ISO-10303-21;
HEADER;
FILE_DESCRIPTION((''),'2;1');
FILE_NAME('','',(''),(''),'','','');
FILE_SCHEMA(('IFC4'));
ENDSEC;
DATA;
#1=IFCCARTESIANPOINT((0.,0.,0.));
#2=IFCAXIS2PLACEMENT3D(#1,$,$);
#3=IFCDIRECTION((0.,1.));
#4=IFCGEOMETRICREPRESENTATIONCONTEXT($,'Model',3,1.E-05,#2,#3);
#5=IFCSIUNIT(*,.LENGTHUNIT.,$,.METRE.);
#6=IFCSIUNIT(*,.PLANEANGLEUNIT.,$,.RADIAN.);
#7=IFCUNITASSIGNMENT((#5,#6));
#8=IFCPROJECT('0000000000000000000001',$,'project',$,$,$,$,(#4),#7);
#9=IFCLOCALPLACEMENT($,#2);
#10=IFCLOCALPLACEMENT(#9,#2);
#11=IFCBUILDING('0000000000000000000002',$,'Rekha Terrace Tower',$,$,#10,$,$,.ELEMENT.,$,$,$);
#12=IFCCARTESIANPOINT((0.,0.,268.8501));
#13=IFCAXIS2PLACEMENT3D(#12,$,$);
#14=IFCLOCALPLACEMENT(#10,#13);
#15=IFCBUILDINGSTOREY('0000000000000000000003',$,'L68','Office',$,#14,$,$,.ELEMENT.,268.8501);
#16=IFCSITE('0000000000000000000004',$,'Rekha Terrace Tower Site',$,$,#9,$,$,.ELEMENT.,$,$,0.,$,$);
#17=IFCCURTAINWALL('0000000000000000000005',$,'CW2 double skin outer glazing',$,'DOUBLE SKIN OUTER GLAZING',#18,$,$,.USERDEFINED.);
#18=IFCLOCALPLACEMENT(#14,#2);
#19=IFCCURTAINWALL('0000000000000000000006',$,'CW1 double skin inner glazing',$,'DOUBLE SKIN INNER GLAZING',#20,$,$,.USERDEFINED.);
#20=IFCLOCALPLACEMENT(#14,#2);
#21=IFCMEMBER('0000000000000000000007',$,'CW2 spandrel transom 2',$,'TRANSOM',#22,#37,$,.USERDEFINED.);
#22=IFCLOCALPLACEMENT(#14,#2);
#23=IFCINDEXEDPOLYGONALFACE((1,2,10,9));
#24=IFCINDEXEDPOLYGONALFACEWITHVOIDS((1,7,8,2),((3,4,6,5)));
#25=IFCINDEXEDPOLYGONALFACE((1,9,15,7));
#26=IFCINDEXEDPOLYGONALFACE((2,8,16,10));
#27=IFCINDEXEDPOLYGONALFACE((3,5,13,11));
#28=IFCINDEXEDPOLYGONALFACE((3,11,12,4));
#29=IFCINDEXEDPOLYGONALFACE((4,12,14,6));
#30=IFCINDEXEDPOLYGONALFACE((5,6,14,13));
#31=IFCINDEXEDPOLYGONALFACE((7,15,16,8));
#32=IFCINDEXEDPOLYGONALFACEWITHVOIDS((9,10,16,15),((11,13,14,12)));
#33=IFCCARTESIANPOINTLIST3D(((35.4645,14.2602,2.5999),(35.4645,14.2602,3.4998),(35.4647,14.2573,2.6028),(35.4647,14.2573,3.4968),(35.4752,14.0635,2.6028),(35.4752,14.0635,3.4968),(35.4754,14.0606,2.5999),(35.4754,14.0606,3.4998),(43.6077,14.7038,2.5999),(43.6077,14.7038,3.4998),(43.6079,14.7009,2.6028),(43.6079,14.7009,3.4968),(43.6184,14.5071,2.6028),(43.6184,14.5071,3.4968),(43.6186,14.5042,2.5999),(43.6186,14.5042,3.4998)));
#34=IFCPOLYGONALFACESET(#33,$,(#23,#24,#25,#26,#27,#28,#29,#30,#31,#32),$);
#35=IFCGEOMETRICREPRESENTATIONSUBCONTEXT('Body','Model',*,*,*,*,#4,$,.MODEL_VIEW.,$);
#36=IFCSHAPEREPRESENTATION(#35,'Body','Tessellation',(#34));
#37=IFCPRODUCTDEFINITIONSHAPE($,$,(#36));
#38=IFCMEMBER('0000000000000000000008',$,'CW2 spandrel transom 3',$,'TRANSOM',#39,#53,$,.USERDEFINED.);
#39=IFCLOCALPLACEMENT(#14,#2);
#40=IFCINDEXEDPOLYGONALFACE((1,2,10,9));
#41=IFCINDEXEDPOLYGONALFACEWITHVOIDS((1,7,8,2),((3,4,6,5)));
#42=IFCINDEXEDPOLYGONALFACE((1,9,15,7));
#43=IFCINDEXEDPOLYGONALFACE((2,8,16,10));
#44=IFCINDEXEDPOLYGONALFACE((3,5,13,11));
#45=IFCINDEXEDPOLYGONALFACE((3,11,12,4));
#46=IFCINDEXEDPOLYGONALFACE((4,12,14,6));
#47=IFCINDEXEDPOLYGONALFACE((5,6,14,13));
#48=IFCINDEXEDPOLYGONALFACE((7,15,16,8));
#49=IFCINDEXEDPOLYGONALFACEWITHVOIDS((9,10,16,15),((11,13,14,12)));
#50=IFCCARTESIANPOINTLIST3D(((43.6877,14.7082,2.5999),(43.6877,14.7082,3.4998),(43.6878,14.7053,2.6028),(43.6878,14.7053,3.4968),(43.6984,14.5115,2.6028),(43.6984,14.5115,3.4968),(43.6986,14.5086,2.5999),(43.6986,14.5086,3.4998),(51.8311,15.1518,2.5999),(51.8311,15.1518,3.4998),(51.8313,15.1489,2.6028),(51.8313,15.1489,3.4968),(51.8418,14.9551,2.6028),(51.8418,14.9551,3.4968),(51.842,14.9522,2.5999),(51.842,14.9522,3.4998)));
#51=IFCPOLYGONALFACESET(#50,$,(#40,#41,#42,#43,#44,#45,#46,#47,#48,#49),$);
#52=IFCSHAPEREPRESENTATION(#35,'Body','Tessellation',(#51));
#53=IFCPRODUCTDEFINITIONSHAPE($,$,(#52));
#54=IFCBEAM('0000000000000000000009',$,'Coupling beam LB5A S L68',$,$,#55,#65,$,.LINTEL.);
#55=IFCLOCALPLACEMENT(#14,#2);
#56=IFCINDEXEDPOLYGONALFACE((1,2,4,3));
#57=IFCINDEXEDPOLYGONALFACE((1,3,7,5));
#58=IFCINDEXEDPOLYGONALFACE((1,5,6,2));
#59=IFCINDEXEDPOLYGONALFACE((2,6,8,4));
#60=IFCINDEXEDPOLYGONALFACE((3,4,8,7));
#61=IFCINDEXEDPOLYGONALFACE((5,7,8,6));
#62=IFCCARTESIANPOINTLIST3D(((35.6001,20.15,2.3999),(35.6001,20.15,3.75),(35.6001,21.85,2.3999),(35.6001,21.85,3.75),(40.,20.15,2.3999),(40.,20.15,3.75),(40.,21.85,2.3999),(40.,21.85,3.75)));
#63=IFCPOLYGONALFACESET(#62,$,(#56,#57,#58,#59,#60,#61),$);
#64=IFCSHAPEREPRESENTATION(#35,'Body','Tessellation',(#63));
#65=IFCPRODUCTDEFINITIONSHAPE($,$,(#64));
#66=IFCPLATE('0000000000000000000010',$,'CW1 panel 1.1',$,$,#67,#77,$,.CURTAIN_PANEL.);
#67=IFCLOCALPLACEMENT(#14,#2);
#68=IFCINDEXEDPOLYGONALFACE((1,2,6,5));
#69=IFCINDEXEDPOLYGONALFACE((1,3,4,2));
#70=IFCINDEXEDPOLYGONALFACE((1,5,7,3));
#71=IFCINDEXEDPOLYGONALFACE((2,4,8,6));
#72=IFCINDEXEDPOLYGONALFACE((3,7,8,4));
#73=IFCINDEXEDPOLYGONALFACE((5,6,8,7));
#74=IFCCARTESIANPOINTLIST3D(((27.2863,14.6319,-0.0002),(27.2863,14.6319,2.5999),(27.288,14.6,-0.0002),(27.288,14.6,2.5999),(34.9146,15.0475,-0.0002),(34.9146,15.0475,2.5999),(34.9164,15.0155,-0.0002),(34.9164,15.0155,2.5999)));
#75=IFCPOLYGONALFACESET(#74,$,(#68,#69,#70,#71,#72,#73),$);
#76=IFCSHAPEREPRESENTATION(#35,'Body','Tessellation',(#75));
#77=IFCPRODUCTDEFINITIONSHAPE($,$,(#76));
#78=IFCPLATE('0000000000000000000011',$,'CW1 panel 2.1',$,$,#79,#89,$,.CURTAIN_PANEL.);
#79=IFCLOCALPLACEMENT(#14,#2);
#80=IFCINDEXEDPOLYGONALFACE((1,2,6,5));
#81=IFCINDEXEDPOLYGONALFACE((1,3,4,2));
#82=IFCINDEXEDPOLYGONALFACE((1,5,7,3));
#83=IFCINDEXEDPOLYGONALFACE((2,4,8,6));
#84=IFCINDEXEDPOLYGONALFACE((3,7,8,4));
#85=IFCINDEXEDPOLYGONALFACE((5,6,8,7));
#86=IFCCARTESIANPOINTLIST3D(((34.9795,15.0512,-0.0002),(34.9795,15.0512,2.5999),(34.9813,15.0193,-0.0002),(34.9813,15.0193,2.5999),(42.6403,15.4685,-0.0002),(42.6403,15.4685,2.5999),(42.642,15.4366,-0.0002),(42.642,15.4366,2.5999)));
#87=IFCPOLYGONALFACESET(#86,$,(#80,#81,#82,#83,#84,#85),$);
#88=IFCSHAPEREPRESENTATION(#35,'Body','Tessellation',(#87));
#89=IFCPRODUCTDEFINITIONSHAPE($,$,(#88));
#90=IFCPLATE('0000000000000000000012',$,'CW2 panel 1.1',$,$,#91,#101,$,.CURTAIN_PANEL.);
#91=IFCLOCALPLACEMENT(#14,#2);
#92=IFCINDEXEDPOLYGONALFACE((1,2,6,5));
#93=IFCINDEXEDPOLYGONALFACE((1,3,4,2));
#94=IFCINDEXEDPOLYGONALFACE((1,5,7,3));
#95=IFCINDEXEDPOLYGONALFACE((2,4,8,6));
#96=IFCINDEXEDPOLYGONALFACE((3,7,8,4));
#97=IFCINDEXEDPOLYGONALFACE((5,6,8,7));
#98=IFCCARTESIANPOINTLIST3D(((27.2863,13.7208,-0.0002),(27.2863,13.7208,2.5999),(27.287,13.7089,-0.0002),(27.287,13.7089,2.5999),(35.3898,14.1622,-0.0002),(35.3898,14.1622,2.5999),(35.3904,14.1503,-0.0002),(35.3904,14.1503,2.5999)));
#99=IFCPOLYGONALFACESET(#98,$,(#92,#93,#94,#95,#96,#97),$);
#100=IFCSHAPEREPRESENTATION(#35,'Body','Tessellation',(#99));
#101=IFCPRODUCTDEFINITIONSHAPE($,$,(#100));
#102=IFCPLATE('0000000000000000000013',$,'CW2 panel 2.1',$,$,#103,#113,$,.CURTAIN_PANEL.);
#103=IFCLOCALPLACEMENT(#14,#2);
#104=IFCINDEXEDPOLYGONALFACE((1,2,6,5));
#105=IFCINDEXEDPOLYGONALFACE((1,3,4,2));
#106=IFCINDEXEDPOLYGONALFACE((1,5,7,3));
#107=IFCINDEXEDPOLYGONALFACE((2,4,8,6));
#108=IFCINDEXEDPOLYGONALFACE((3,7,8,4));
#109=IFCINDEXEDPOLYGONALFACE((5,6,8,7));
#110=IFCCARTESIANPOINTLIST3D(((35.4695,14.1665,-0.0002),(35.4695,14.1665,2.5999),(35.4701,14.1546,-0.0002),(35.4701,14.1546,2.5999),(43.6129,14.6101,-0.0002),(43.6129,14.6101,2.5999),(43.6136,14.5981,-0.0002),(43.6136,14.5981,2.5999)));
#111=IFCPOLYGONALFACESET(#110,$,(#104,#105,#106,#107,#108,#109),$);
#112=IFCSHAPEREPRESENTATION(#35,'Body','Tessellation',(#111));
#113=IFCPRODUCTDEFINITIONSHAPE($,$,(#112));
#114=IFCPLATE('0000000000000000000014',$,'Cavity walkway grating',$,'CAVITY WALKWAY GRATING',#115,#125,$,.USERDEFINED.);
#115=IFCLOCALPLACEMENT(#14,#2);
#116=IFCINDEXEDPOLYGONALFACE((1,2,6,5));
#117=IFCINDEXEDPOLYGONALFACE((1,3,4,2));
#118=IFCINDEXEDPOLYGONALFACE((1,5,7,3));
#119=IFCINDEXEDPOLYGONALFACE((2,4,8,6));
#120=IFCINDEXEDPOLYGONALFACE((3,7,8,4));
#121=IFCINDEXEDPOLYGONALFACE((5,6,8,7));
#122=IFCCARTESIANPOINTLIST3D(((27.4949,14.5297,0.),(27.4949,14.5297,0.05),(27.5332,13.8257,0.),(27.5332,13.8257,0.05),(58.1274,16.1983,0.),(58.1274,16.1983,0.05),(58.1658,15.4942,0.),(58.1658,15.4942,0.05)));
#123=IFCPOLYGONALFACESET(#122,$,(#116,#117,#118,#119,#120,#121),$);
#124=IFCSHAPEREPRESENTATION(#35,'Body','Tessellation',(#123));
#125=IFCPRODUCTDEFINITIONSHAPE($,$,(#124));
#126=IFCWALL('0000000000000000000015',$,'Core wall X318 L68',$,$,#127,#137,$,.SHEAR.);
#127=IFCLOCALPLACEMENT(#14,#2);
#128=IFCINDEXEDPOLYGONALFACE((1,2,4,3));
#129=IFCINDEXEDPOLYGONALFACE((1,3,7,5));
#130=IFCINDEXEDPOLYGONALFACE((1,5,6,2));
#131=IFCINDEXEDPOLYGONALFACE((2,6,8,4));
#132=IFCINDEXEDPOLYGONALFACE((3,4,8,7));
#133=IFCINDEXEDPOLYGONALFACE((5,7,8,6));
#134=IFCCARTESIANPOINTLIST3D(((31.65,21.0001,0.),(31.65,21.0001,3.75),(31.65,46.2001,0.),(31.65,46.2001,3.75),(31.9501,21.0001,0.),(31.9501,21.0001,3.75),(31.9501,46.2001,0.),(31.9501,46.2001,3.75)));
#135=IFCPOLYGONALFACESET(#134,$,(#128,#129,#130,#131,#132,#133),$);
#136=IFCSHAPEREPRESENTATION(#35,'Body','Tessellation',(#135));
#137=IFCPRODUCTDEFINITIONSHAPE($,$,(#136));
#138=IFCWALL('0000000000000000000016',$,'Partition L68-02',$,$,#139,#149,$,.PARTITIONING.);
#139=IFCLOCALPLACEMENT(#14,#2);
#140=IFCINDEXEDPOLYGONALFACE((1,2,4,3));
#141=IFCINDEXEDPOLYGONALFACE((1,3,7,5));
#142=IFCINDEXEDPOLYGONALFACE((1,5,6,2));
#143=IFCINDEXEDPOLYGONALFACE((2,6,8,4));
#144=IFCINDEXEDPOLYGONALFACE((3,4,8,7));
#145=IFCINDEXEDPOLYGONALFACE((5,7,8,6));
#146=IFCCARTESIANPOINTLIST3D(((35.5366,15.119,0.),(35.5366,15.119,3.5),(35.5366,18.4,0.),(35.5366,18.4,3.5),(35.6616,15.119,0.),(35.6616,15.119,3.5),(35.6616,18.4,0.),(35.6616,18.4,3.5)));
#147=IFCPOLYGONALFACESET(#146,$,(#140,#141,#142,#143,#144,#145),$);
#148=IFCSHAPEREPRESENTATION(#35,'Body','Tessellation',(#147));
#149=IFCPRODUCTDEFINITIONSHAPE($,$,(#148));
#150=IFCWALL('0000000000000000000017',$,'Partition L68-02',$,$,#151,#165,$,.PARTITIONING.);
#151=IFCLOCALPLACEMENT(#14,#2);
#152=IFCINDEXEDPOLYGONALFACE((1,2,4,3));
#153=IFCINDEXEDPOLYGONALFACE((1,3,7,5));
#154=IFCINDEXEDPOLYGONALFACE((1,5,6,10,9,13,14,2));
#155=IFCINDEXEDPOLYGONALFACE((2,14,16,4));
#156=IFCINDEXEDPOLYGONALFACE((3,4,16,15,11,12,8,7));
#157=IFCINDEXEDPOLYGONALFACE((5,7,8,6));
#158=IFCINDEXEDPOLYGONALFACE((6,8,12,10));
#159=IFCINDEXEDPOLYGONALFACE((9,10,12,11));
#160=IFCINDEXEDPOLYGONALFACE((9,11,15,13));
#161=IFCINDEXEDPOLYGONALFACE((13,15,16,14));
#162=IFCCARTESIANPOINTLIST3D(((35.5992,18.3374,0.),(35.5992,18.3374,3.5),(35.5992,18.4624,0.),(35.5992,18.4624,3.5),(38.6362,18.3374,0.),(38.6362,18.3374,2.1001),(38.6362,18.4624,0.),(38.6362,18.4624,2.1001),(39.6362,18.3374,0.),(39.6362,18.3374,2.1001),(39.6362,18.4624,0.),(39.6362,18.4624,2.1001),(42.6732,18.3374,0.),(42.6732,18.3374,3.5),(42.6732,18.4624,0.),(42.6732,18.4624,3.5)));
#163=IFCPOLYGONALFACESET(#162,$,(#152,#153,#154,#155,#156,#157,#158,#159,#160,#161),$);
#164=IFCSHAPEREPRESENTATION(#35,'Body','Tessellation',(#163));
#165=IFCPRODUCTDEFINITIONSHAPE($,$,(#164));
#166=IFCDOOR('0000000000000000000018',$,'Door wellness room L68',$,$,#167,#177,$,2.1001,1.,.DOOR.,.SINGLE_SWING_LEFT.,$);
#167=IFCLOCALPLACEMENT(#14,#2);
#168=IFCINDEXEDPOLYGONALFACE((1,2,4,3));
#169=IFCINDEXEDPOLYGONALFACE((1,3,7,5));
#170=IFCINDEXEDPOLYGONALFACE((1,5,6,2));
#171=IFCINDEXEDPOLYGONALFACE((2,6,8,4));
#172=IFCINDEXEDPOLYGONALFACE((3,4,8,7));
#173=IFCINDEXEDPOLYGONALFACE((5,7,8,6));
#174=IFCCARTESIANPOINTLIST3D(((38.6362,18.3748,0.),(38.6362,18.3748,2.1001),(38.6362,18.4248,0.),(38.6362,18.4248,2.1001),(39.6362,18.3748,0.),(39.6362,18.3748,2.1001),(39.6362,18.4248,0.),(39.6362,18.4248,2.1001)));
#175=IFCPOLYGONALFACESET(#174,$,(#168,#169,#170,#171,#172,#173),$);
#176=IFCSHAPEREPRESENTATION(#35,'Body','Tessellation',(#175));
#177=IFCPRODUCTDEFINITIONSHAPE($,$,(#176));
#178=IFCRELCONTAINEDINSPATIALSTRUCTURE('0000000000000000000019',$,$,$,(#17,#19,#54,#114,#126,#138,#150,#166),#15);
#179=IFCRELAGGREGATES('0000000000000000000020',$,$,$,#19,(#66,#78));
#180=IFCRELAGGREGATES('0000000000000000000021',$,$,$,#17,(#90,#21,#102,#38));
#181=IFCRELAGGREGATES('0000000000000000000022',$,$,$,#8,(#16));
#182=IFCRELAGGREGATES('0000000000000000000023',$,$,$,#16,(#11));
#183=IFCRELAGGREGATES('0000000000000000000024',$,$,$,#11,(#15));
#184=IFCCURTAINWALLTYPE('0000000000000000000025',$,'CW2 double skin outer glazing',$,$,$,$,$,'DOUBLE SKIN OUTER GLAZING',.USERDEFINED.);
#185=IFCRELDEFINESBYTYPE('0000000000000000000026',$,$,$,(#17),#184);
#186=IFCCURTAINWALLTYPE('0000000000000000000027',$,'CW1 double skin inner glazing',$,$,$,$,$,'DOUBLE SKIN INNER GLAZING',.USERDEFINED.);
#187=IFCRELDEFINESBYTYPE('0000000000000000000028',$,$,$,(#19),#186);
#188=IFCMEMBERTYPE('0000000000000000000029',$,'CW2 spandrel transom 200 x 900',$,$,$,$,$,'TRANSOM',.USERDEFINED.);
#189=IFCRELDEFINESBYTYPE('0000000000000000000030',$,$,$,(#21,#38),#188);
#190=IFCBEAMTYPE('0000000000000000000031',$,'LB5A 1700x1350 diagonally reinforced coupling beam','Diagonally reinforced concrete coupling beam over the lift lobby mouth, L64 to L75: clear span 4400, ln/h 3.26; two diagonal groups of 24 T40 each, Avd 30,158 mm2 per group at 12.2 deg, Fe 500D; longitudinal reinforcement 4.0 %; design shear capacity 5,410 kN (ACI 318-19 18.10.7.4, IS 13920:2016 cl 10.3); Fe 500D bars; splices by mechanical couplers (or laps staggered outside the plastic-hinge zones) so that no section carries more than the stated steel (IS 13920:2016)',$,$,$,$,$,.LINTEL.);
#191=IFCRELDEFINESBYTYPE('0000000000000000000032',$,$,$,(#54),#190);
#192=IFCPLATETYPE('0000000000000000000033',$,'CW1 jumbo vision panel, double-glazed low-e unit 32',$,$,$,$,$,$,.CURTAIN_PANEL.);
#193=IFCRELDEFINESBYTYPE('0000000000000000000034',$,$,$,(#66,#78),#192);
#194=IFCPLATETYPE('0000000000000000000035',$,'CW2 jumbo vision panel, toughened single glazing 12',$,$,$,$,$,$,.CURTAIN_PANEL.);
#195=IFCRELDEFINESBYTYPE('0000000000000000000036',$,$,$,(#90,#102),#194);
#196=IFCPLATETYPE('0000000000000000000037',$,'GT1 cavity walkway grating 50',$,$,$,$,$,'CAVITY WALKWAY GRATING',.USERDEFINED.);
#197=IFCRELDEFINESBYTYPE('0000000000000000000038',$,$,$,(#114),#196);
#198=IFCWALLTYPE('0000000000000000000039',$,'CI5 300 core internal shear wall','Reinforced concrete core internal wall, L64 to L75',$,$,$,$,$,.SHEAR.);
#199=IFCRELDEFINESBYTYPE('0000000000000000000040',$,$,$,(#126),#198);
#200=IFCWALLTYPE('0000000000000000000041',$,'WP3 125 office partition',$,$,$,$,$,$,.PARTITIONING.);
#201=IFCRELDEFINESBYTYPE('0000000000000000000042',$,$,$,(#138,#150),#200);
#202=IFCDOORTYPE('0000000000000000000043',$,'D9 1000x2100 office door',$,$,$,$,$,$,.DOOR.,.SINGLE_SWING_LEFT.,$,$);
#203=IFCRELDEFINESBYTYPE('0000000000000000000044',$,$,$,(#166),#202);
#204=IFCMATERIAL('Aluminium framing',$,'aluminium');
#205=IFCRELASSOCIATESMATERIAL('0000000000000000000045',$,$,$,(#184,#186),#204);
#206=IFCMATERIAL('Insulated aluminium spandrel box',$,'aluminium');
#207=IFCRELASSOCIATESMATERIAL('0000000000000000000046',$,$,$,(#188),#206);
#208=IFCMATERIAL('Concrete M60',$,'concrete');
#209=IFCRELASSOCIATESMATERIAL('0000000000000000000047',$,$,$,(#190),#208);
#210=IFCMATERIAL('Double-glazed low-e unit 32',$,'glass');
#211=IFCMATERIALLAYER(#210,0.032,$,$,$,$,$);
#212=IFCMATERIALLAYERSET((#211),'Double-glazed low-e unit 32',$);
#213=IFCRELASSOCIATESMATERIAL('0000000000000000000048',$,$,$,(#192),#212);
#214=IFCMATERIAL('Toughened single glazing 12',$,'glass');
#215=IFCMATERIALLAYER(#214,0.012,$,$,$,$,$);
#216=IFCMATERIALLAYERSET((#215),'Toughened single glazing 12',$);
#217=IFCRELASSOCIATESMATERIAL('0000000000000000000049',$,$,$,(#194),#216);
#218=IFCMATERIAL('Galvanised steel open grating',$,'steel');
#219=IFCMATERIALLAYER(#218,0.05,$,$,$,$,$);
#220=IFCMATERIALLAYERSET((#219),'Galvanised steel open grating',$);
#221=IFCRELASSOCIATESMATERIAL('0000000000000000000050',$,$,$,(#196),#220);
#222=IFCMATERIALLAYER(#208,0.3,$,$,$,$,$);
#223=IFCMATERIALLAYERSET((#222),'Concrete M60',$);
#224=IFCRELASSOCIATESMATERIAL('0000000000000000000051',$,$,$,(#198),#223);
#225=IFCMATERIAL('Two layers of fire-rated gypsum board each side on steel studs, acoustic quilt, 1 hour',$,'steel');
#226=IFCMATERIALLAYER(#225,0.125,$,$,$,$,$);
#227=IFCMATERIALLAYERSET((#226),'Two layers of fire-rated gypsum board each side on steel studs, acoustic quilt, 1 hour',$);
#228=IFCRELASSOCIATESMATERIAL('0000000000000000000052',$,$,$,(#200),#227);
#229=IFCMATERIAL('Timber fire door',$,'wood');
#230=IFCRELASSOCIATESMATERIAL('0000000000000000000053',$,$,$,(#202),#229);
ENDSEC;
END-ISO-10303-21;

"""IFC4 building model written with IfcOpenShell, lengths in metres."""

from ifc_helpers import new_model, si_unit, direction, frame, frame_2d, origin, origin_2d, place, context, subcontext, project, spatial, rectangle, hollow_rectangle, extrude, material, layer, layer_set, material_profile, profile_set, type_object, element, fill, aggregate, save


model = new_model("IFC4")

# Units and contexts
model_context = context("Model", 3, precision=1e-05, world=origin(), true_north=direction((0.0, 1.0)))
body_context = subcontext(model_context, "Body", "Model", "MODEL_VIEW")
ifc_project = project(units=[si_unit("LENGTHUNIT", "METRE"), si_unit("PLANEANGLEUNIT", "RADIAN")], contexts=[model_context])

# Site, building, storey
site_placement = place(None, origin())
site = spatial("IfcSite", under=ifc_project, at=site_placement, Name="Rekha Terrace Tower Site", CompositionType="ELEMENT", RefElevation=0.0)
building_placement = place(site_placement, origin())
building = spatial("IfcBuilding", under=site, at=building_placement, Name="Rekha Terrace Tower", CompositionType="ELEMENT")
storey_placement = place(building_placement, frame((0.0, 0.0, 268.8501)))
storey = spatial("IfcBuildingStorey", under=building, at=storey_placement, Name="L68", Description="Office", CompositionType="ELEMENT", Elevation=268.8501)

# Curtain walls
ifc_material_1 = material(Name="Aluminium framing", Category="aluminium")
curtain_wall_type_1 = type_object("IfcCurtainWallType", Name="CW2 double skin outer glazing", ElementType="DOUBLE SKIN OUTER GLAZING", PredefinedType="USERDEFINED", material=ifc_material_1)
curtain_wall_1_placement = place(storey_placement, origin())
curtain_wall_1 = element("IfcCurtainWall", 1, at=curtain_wall_1_placement, inside=storey, type_object=curtain_wall_type_1, Name="CW2 double skin outer glazing", ObjectType="DOUBLE SKIN OUTER GLAZING", PredefinedType="USERDEFINED")
curtain_wall_type_2 = type_object("IfcCurtainWallType", Name="CW1 double skin inner glazing", ElementType="DOUBLE SKIN INNER GLAZING", PredefinedType="USERDEFINED", material=ifc_material_1)
curtain_wall_2_placement = place(storey_placement, origin())
curtain_wall_2 = element("IfcCurtainWall", 2, at=curtain_wall_2_placement, inside=storey, type_object=curtain_wall_type_2, Name="CW1 double skin inner glazing", ObjectType="DOUBLE SKIN INNER GLAZING", PredefinedType="USERDEFINED")
ifc_material_2 = material(Name="Insulated aluminium spandrel box", Category="aluminium")

# Members
ifc_material_profile_1 = material_profile(ifc_material_2, hollow_rectangle(XDim=0.2, YDim=0.8999, WallThickness=0.0029, at=origin_2d()), Name="AL SPANDREL BOX 200x900")
ifc_profile_set_1 = profile_set([ifc_material_profile_1], Name="Insulated aluminium spandrel box")
member_type_1 = type_object("IfcMemberType", Name="CW2 spandrel transom 200 x 900", ElementType="TRANSOM", PredefinedType="USERDEFINED", material=ifc_profile_set_1)
member_1_placement = place(storey_placement, frame((35.47, 14.1604, 3.0498), z_axis=(0.99852, 0.054394, 0.0), x_axis=(-0.054394, 0.99852, 0.0)))
member_1 = element("IfcMember", 3, at=member_1_placement, type_object=member_type_1, Name="CW2 spandrel transom 2", ObjectType="TRANSOM", PredefinedType="USERDEFINED", context=body_context, shape_type="SweptSolid", body=[
    extrude(hollow_rectangle(XDim=0.2, YDim=0.8999, WallThickness=0.0029, at=origin_2d()), origin(), (0.0, 0.0, 1.0), 8.1553),
])
member_2_placement = place(storey_placement, frame((43.6931, 14.6084, 3.0498), z_axis=(0.99852, 0.054392, 0.0), x_axis=(-0.054392, 0.99852, 0.0)))
member_2 = element("IfcMember", 4, at=member_2_placement, type_object=member_type_1, Name="CW2 spandrel transom 3", ObjectType="TRANSOM", PredefinedType="USERDEFINED", context=body_context, shape_type="SweptSolid", body=[
    extrude(hollow_rectangle(XDim=0.2, YDim=0.8999, WallThickness=0.0029, at=origin_2d()), origin(), (0.0, 0.0, 1.0), 8.1555),
])

# Beam
ifc_material_3 = material(Name="Concrete M60", Category="concrete")
ifc_material_profile_2 = material_profile(ifc_material_3, rectangle(XDim=1.7, YDim=1.3501, at=origin_2d()), Name="RC 1700x1350")
ifc_profile_set_2 = profile_set([ifc_material_profile_2], Name="Concrete M60")
beam_type = type_object("IfcBeamType", Name="LB5A 1700x1350 diagonally reinforced coupling beam", Description="Diagonally reinforced concrete coupling beam over the lift lobby mouth, L64 to L75: clear span 4400, ln/h 3.26; two diagonal groups of 24 T40 each, Avd 30,158 mm2 per group at 12.2 deg, Fe 500D; longitudinal reinforcement 4.0 %; design shear capacity 5,410 kN (ACI 318-19 18.10.7.4, IS 13920:2016 cl 10.3); Fe 500D bars; splices by mechanical couplers (or laps staggered outside the plastic-hinge zones) so that no section carries more than the stated steel (IS 13920:2016)", PredefinedType="LINTEL", material=ifc_profile_set_2)
beam_placement = place(storey_placement, frame((35.6001, 21.0, 3.075), z_axis=(1.0, 0.0, 0.0), x_axis=(0.0, 1.0, 0.0)))
element("IfcBeam", 5, at=beam_placement, inside=storey, type_object=beam_type, Name="Coupling beam LB5A S L68", PredefinedType="LINTEL", context=body_context, shape_type="SweptSolid", body=[
    extrude(rectangle(XDim=1.7, YDim=1.3501, at=origin_2d()), origin(), (0.0, 0.0, 1.0), 4.3999),
])

# Plates
ifc_material_4 = material(Name="Double-glazed low-e unit 32", Category="glass")
ifc_layer_1 = layer(ifc_material_4, 0.032)
ifc_layer_set_1 = layer_set([ifc_layer_1], Name="Double-glazed low-e unit 32")
plate_type_1 = type_object("IfcPlateType", Name="CW1 jumbo vision panel, double-glazed low-e unit 32", PredefinedType="CURTAIN_PANEL", material=ifc_layer_set_1)
plate_1_placement = place(storey_placement, frame((31.1013, 14.8237, -0.0002), z_axis=(0.0, 0.0, 1.0), x_axis=(0.99852, 0.054389, 0.0)))
plate_1 = element("IfcPlate", 6, at=plate_1_placement, type_object=plate_type_1, Name="CW1 panel 1.1", PredefinedType="CURTAIN_PANEL", context=body_context, shape_type="SweptSolid", body=[
    extrude(rectangle(XDim=7.6396, YDim=0.032, at=origin_2d()), origin(), (0.0, 0.0, 1.0), 2.6001),
])
plate_2_placement = place(storey_placement, frame((38.8108, 15.2439, -0.0002), z_axis=(0.0, 0.0, 1.0), x_axis=(0.99852, 0.054389, 0.0)))
plate_2 = element("IfcPlate", 7, at=plate_2_placement, type_object=plate_type_1, Name="CW1 panel 2.1", PredefinedType="CURTAIN_PANEL", context=body_context, shape_type="SweptSolid", body=[
    extrude(rectangle(XDim=7.6721, YDim=0.032, at=origin_2d()), origin(), (0.0, 0.0, 1.0), 2.6001),
])
aggregate(curtain_wall_2, [plate_1, plate_2])
ifc_material_5 = material(Name="Toughened single glazing 12", Category="glass")
ifc_layer_2 = layer(ifc_material_5, 0.012)
ifc_layer_set_2 = layer_set([ifc_layer_2], Name="Toughened single glazing 12")
plate_type_2 = type_object("IfcPlateType", Name="CW2 jumbo vision panel, toughened single glazing 12", PredefinedType="CURTAIN_PANEL", material=ifc_layer_set_2)
plate_3_placement = place(storey_placement, frame((31.3384, 13.9355, -0.0002), z_axis=(0.0, 0.0, 1.0), x_axis=(0.99852, 0.054389, 0.0)))
plate_3 = element("IfcPlate", 8, at=plate_3_placement, type_object=plate_type_2, Name="CW2 panel 1.1", PredefinedType="CURTAIN_PANEL", context=body_context, shape_type="SweptSolid", body=[
    extrude(rectangle(XDim=8.1155, YDim=0.012, at=origin_2d()), origin(), (0.0, 0.0, 1.0), 2.6001),
])
plate_4_placement = place(storey_placement, frame((39.5415, 14.3823, -0.0002), z_axis=(0.0, 0.0, 1.0), x_axis=(0.99852, 0.054389, 0.0)))
plate_4 = element("IfcPlate", 9, at=plate_4_placement, type_object=plate_type_2, Name="CW2 panel 2.1", PredefinedType="CURTAIN_PANEL", context=body_context, shape_type="SweptSolid", body=[
    extrude(rectangle(XDim=8.1555, YDim=0.012, at=origin_2d()), origin(), (0.0, 0.0, 1.0), 2.6001),
])
aggregate(curtain_wall_1, [plate_3, member_1, plate_4, member_2])
ifc_material_6 = material(Name="Galvanised steel open grating", Category="steel")
ifc_layer_3 = layer(ifc_material_6, 0.05)
ifc_layer_set_3 = layer_set([ifc_layer_3], Name="Galvanised steel open grating")
plate_type_3 = type_object("IfcPlateType", Name="GT1 cavity walkway grating 50", ElementType="CAVITY WALKWAY GRATING", PredefinedType="USERDEFINED", material=ifc_layer_set_3)
plate_5_placement = place(storey_placement, frame((42.8303, 15.012, 0.0), z_axis=(0.0, 0.0, 1.0), x_axis=(0.99852, 0.054389, 0.0)))
element("IfcPlate", 10, at=plate_5_placement, inside=storey, type_object=plate_type_3, Name="Cavity walkway grating", ObjectType="CAVITY WALKWAY GRATING", PredefinedType="USERDEFINED", context=body_context, shape_type="SweptSolid", body=[
    extrude(rectangle(XDim=30.678, YDim=0.7051, at=origin_2d()), origin(), (0.0, 0.0, 1.0), 0.05),
])

# Walls
ifc_layer_4 = layer(ifc_material_3, 0.3)
ifc_layer_set_4 = layer_set([ifc_layer_4], Name="Concrete M60")
wall_type_1 = type_object("IfcWallType", Name="CI5 300 core internal shear wall", Description="Reinforced concrete core internal wall, L64 to L75", PredefinedType="SHEAR", material=ifc_layer_set_4)
wall_1_placement = place(storey_placement, frame((31.8, 21.0, 0.0), z_axis=(0.0, 0.0, 1.0), x_axis=(0.0, 1.0, 0.0)))
element("IfcWall", 11, at=wall_1_placement, inside=storey, type_object=wall_type_1, Name="Core wall X318 L68", PredefinedType="SHEAR", context=body_context, shape_type="SweptSolid", body=[
    extrude(rectangle(XDim=25.2, YDim=0.3, at=frame_2d((12.6001, 0.0))), origin(), (0.0, 0.0, 1.0), 3.75),
])
ifc_material_7 = material(Name="Two layers of fire-rated gypsum board each side on steel studs, acoustic quilt, 1 hour", Category="steel")
ifc_layer_5 = layer(ifc_material_7, 0.125)
ifc_layer_set_5 = layer_set([ifc_layer_5], Name="Two layers of fire-rated gypsum board each side on steel studs, acoustic quilt, 1 hour")
wall_type_2 = type_object("IfcWallType", Name="WP3 125 office partition", PredefinedType="PARTITIONING", material=ifc_layer_set_5)
wall_2_placement = place(storey_placement, frame((35.5991, 15.1189, 0.0), z_axis=(0.0, 0.0, 1.0), x_axis=(0.0, 1.0, 0.0)))
element("IfcWall", 12, at=wall_2_placement, inside=storey, type_object=wall_type_2, Name="Partition L68-02", PredefinedType="PARTITIONING", context=body_context, shape_type="SweptSolid", body=[
    extrude(rectangle(XDim=3.281, YDim=0.125, at=frame_2d((1.6406, 0.0))), origin(), (0.0, 0.0, 1.0), 3.5),
])

# Wall, opening, door
wall_3_placement = place(storey_placement, frame((35.5991, 18.3999, 0.0), z_axis=(0.0, 0.0, 1.0), x_axis=(1.0, 0.0, 0.0)))
wall_3 = element("IfcWall", 13, at=wall_3_placement, inside=storey, type_object=wall_type_2, Name="Partition L68-02", PredefinedType="PARTITIONING", context=body_context, shape_type="SweptSolid", body=[
    extrude(rectangle(XDim=7.074, YDim=0.125, at=frame_2d((3.5371, 0.0))), origin(), (0.0, 0.0, 1.0), 3.5),
])
opening_1_placement = place(wall_3_placement, frame((3.0371, 0.0, 0.0)))
opening_1 = element("IfcOpeningElement", 14, at=opening_1_placement, cuts=wall_3, PredefinedType="OPENING", context=body_context, shape_type="SweptSolid", body=[
    extrude(rectangle(XDim=1.0, YDim=2.1001, at=frame_2d((0.5, 1.05))), frame((0.0, 0.0725, 0.0), z_axis=(0.0, -1.0, 0.0), x_axis=(1.0, 0.0, 0.0)), (0.0, 0.0, 1.0), 0.145),
])
ifc_material_8 = material(Name="Timber fire door", Category="wood")
door_type = type_object("IfcDoorType", Name="D9 1000x2100 office door", OperationType="SINGLE_SWING_LEFT", PredefinedType="DOOR", material=ifc_material_8)
door_1_placement = place(opening_1_placement, origin())
door_1 = element("IfcDoor", 15, at=door_1_placement, inside=storey, type_object=door_type, Name="Door wellness room L68", OperationType="SINGLE_SWING_LEFT", OverallHeight=2.1001, OverallWidth=1.0, PredefinedType="DOOR", context=body_context, shape_type="SweptSolid", body=[
    extrude(rectangle(XDim=1.0, YDim=2.1001, at=frame_2d((0.5, 1.05))), frame((0.0, 0.0249, 0.0), z_axis=(0.0, -1.0, 0.0), x_axis=(1.0, 0.0, 0.0)), (0.0, 0.0, 1.0), 0.05),
])
fill(opening_1, door_1)

save(model, "model.ifc")
